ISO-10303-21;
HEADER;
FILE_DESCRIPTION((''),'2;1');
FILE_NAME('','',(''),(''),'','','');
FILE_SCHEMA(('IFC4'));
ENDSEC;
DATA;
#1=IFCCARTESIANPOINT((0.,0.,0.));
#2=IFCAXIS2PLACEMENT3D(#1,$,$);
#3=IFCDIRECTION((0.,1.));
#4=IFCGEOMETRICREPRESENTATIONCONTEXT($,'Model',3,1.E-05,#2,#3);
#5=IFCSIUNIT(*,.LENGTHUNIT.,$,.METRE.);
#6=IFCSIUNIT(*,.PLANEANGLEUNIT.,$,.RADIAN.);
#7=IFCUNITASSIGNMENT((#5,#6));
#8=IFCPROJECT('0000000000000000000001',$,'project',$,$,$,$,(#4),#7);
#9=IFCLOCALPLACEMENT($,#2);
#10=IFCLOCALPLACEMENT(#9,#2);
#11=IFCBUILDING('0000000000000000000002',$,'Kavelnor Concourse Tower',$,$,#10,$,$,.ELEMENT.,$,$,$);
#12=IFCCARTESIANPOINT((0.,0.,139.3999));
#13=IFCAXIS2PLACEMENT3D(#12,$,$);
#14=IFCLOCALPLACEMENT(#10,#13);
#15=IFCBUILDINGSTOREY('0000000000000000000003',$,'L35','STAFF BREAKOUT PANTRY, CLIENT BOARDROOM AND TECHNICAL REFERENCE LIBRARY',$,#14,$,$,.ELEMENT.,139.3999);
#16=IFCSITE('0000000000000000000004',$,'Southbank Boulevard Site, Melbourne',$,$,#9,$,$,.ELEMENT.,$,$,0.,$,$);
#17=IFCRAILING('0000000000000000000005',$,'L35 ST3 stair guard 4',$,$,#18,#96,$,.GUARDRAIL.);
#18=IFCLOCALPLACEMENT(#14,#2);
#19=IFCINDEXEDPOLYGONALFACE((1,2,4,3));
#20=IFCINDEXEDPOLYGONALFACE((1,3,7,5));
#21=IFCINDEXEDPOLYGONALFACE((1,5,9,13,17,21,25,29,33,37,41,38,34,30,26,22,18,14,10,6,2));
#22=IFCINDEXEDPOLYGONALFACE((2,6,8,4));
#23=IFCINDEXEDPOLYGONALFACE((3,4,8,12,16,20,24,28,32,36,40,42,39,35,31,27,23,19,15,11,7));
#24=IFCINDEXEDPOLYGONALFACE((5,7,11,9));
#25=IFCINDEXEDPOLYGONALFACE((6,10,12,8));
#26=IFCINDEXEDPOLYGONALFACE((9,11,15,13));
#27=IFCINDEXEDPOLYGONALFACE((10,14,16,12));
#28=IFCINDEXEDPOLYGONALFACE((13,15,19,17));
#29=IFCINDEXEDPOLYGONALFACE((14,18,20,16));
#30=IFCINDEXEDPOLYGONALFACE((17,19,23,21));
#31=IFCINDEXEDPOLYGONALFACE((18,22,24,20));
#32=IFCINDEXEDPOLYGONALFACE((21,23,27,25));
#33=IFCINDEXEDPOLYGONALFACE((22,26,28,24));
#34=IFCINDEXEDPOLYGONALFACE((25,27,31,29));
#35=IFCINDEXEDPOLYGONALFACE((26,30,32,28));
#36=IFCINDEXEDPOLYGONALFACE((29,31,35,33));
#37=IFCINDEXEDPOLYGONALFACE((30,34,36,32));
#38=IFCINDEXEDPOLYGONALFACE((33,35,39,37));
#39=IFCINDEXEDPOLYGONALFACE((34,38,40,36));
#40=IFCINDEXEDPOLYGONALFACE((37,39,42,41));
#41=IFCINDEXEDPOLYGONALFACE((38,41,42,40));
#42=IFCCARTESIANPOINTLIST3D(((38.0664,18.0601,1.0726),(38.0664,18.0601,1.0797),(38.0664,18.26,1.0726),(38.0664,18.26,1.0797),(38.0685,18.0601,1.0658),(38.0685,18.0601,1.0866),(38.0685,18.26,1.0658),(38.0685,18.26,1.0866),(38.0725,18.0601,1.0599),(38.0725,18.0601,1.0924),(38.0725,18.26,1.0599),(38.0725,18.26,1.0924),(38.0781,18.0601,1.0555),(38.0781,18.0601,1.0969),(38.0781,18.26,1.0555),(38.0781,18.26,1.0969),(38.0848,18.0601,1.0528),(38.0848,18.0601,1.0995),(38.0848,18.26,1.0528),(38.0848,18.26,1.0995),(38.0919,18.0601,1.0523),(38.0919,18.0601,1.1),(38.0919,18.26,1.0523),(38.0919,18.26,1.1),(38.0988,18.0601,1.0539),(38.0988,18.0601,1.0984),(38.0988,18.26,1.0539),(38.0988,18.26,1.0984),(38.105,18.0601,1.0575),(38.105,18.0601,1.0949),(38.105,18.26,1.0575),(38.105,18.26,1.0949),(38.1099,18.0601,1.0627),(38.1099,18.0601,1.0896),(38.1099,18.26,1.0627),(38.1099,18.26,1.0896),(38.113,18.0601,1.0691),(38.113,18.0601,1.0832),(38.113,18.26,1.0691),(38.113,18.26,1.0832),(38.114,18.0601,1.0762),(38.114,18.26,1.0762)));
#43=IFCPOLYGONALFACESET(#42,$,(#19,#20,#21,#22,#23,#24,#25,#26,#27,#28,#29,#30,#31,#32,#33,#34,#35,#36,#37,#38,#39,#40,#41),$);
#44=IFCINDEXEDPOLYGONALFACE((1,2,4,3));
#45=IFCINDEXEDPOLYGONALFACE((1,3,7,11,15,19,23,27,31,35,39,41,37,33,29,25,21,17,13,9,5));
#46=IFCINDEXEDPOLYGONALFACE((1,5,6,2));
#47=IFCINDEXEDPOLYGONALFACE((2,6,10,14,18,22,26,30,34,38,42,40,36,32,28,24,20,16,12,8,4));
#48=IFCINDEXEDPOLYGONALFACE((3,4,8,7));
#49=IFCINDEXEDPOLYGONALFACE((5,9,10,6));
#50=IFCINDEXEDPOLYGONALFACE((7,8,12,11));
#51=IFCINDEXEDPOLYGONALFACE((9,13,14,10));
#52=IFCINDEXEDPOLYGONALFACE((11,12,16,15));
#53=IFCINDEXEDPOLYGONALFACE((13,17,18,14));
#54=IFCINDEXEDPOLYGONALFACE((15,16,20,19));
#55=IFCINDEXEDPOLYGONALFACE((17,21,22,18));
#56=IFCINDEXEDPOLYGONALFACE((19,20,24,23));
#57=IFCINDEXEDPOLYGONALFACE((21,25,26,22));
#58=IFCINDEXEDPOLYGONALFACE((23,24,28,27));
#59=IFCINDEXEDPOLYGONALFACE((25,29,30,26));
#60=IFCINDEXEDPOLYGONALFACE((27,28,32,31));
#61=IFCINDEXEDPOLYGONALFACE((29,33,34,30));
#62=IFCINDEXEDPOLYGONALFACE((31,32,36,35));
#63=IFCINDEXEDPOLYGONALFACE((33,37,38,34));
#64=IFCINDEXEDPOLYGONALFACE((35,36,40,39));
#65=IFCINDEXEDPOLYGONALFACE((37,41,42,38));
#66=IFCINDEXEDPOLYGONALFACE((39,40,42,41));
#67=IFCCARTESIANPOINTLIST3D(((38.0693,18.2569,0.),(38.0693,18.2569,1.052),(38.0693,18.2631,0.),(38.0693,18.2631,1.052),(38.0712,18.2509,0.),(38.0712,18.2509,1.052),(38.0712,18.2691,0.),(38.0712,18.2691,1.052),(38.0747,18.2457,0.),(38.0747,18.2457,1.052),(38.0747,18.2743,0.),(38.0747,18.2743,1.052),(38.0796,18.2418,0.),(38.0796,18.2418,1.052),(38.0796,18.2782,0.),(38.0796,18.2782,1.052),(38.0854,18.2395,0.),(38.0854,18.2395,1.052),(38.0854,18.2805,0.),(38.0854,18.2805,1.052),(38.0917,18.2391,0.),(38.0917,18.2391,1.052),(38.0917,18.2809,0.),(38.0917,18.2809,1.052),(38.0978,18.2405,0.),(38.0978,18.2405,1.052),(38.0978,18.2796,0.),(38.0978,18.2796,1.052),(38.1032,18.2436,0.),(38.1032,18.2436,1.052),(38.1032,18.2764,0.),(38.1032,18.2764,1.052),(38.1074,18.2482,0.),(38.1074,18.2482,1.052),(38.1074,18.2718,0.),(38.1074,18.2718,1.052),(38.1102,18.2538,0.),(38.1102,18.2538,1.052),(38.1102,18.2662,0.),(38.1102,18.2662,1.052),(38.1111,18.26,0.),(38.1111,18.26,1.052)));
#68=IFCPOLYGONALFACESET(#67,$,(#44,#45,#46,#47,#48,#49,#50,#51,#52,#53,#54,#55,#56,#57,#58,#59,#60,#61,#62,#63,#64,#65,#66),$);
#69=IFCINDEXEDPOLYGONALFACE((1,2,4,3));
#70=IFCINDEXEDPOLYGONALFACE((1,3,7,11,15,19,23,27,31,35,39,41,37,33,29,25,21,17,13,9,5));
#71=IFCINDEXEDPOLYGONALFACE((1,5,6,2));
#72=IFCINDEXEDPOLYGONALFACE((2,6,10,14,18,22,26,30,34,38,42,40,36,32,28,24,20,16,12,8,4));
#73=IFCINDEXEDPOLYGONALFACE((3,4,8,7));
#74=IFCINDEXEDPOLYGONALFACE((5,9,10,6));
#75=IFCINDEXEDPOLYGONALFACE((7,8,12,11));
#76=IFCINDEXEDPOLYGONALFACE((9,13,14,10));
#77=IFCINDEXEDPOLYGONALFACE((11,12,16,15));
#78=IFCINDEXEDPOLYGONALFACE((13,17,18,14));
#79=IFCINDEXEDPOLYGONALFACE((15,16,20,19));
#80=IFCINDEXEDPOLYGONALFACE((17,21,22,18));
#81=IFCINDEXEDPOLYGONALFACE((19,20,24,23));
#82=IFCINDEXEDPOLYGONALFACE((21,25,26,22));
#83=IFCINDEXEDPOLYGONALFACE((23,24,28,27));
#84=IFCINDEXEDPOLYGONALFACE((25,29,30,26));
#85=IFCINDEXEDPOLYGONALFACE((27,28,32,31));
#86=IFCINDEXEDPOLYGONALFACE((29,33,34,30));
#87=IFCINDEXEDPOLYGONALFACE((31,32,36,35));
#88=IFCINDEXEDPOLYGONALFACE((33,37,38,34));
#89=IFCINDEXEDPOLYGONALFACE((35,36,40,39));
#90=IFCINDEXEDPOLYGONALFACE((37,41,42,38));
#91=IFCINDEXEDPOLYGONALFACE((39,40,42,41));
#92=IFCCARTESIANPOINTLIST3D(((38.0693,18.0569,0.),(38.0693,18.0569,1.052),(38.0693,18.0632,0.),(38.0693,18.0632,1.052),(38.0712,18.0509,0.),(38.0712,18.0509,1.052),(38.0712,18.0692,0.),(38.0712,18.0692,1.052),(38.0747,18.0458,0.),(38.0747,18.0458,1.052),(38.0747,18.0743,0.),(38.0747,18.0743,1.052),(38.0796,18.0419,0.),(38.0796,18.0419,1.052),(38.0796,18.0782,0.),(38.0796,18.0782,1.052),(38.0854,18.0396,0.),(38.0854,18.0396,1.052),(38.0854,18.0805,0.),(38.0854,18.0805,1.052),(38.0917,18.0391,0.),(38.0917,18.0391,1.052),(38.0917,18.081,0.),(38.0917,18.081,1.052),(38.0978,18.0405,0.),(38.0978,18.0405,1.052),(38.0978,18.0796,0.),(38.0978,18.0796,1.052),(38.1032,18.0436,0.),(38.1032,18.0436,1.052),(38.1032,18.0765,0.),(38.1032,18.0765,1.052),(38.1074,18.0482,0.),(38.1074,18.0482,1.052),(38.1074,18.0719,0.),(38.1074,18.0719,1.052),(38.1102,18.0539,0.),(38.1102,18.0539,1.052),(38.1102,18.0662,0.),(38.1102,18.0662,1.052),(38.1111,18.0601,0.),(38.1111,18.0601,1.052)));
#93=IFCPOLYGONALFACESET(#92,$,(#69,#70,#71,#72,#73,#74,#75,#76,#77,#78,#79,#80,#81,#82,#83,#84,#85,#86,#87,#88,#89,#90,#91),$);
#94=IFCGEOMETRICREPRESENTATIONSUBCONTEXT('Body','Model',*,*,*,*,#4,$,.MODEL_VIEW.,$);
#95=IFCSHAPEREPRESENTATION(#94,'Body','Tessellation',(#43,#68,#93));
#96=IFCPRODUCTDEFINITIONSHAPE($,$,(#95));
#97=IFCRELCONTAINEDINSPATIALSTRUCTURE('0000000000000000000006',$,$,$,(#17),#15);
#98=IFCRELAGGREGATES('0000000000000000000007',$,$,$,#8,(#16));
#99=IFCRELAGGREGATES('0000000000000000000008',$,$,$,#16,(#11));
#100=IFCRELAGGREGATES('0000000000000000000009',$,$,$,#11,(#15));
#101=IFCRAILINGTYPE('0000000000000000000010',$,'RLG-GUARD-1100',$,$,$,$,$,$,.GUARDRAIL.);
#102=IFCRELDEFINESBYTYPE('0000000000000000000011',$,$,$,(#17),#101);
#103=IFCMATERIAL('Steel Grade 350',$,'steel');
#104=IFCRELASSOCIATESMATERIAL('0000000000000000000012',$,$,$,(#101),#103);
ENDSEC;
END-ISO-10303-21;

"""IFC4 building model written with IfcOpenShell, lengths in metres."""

from ifc_helpers import new_model, si_unit, direction, frame, origin, origin_2d, place, context, subcontext, project, spatial, circle, extrude, material, type_object, element, save


model = new_model("IFC4")

# Units and contexts
model_context = context("Model", 3, precision=1e-05, world=origin(), true_north=direction((0.0, 1.0)))
body_context = subcontext(model_context, "Body", "Model", "MODEL_VIEW")
ifc_project = project(units=[si_unit("LENGTHUNIT", "METRE"), si_unit("PLANEANGLEUNIT", "RADIAN")], contexts=[model_context])

# Site, building, storey
site_placement = place(None, origin())
site = spatial("IfcSite", under=ifc_project, at=site_placement, Name="Southbank Boulevard Site, Melbourne", CompositionType="ELEMENT", RefElevation=0.0)
building_placement = place(site_placement, origin())
building = spatial("IfcBuilding", under=site, at=building_placement, Name="Kavelnor Concourse Tower", CompositionType="ELEMENT")
storey_placement = place(building_placement, frame((0.0, 0.0, 139.3999)))
storey = spatial("IfcBuildingStorey", under=building, at=storey_placement, Name="L35", Description="STAFF BREAKOUT PANTRY, CLIENT BOARDROOM AND TECHNICAL REFERENCE LIBRARY", CompositionType="ELEMENT", Elevation=139.3999)

# Shared definitions
ifc_material_1 = material(Name="Steel Grade 350", Category="steel")

# Railing
railing_type_1 = type_object("IfcRailingType", Name="RLG-GUARD-1100", PredefinedType="GUARDRAIL", material=ifc_material_1)
railing_1_placement = place(storey_placement, frame((38.0901, 18.26, 0.0)))
element("IfcRailing", 1, at=railing_1_placement, inside=storey, type_object=railing_type_1, Name="L35 ST3 stair guard 4", PredefinedType="GUARDRAIL", context=body_context, shape_type="SweptSolid", body=[
    extrude(circle(Radius=0.0239, at=origin_2d()), frame((0.0, 0.0, 1.0762), z_axis=(0.0, -1.0, 0.0), x_axis=(1.0, 0.0, 0.0)), (0.0, 0.0, 1.0), 0.2),
    extrude(circle(Radius=0.021, at=origin_2d()), origin(), (0.0, 0.0, 1.0), 1.052),
    extrude(circle(Radius=0.021, at=origin_2d()), frame((0.0, -0.2, 0.0)), (0.0, 0.0, 1.0), 1.052),
])

save(model, "model.ifc")
